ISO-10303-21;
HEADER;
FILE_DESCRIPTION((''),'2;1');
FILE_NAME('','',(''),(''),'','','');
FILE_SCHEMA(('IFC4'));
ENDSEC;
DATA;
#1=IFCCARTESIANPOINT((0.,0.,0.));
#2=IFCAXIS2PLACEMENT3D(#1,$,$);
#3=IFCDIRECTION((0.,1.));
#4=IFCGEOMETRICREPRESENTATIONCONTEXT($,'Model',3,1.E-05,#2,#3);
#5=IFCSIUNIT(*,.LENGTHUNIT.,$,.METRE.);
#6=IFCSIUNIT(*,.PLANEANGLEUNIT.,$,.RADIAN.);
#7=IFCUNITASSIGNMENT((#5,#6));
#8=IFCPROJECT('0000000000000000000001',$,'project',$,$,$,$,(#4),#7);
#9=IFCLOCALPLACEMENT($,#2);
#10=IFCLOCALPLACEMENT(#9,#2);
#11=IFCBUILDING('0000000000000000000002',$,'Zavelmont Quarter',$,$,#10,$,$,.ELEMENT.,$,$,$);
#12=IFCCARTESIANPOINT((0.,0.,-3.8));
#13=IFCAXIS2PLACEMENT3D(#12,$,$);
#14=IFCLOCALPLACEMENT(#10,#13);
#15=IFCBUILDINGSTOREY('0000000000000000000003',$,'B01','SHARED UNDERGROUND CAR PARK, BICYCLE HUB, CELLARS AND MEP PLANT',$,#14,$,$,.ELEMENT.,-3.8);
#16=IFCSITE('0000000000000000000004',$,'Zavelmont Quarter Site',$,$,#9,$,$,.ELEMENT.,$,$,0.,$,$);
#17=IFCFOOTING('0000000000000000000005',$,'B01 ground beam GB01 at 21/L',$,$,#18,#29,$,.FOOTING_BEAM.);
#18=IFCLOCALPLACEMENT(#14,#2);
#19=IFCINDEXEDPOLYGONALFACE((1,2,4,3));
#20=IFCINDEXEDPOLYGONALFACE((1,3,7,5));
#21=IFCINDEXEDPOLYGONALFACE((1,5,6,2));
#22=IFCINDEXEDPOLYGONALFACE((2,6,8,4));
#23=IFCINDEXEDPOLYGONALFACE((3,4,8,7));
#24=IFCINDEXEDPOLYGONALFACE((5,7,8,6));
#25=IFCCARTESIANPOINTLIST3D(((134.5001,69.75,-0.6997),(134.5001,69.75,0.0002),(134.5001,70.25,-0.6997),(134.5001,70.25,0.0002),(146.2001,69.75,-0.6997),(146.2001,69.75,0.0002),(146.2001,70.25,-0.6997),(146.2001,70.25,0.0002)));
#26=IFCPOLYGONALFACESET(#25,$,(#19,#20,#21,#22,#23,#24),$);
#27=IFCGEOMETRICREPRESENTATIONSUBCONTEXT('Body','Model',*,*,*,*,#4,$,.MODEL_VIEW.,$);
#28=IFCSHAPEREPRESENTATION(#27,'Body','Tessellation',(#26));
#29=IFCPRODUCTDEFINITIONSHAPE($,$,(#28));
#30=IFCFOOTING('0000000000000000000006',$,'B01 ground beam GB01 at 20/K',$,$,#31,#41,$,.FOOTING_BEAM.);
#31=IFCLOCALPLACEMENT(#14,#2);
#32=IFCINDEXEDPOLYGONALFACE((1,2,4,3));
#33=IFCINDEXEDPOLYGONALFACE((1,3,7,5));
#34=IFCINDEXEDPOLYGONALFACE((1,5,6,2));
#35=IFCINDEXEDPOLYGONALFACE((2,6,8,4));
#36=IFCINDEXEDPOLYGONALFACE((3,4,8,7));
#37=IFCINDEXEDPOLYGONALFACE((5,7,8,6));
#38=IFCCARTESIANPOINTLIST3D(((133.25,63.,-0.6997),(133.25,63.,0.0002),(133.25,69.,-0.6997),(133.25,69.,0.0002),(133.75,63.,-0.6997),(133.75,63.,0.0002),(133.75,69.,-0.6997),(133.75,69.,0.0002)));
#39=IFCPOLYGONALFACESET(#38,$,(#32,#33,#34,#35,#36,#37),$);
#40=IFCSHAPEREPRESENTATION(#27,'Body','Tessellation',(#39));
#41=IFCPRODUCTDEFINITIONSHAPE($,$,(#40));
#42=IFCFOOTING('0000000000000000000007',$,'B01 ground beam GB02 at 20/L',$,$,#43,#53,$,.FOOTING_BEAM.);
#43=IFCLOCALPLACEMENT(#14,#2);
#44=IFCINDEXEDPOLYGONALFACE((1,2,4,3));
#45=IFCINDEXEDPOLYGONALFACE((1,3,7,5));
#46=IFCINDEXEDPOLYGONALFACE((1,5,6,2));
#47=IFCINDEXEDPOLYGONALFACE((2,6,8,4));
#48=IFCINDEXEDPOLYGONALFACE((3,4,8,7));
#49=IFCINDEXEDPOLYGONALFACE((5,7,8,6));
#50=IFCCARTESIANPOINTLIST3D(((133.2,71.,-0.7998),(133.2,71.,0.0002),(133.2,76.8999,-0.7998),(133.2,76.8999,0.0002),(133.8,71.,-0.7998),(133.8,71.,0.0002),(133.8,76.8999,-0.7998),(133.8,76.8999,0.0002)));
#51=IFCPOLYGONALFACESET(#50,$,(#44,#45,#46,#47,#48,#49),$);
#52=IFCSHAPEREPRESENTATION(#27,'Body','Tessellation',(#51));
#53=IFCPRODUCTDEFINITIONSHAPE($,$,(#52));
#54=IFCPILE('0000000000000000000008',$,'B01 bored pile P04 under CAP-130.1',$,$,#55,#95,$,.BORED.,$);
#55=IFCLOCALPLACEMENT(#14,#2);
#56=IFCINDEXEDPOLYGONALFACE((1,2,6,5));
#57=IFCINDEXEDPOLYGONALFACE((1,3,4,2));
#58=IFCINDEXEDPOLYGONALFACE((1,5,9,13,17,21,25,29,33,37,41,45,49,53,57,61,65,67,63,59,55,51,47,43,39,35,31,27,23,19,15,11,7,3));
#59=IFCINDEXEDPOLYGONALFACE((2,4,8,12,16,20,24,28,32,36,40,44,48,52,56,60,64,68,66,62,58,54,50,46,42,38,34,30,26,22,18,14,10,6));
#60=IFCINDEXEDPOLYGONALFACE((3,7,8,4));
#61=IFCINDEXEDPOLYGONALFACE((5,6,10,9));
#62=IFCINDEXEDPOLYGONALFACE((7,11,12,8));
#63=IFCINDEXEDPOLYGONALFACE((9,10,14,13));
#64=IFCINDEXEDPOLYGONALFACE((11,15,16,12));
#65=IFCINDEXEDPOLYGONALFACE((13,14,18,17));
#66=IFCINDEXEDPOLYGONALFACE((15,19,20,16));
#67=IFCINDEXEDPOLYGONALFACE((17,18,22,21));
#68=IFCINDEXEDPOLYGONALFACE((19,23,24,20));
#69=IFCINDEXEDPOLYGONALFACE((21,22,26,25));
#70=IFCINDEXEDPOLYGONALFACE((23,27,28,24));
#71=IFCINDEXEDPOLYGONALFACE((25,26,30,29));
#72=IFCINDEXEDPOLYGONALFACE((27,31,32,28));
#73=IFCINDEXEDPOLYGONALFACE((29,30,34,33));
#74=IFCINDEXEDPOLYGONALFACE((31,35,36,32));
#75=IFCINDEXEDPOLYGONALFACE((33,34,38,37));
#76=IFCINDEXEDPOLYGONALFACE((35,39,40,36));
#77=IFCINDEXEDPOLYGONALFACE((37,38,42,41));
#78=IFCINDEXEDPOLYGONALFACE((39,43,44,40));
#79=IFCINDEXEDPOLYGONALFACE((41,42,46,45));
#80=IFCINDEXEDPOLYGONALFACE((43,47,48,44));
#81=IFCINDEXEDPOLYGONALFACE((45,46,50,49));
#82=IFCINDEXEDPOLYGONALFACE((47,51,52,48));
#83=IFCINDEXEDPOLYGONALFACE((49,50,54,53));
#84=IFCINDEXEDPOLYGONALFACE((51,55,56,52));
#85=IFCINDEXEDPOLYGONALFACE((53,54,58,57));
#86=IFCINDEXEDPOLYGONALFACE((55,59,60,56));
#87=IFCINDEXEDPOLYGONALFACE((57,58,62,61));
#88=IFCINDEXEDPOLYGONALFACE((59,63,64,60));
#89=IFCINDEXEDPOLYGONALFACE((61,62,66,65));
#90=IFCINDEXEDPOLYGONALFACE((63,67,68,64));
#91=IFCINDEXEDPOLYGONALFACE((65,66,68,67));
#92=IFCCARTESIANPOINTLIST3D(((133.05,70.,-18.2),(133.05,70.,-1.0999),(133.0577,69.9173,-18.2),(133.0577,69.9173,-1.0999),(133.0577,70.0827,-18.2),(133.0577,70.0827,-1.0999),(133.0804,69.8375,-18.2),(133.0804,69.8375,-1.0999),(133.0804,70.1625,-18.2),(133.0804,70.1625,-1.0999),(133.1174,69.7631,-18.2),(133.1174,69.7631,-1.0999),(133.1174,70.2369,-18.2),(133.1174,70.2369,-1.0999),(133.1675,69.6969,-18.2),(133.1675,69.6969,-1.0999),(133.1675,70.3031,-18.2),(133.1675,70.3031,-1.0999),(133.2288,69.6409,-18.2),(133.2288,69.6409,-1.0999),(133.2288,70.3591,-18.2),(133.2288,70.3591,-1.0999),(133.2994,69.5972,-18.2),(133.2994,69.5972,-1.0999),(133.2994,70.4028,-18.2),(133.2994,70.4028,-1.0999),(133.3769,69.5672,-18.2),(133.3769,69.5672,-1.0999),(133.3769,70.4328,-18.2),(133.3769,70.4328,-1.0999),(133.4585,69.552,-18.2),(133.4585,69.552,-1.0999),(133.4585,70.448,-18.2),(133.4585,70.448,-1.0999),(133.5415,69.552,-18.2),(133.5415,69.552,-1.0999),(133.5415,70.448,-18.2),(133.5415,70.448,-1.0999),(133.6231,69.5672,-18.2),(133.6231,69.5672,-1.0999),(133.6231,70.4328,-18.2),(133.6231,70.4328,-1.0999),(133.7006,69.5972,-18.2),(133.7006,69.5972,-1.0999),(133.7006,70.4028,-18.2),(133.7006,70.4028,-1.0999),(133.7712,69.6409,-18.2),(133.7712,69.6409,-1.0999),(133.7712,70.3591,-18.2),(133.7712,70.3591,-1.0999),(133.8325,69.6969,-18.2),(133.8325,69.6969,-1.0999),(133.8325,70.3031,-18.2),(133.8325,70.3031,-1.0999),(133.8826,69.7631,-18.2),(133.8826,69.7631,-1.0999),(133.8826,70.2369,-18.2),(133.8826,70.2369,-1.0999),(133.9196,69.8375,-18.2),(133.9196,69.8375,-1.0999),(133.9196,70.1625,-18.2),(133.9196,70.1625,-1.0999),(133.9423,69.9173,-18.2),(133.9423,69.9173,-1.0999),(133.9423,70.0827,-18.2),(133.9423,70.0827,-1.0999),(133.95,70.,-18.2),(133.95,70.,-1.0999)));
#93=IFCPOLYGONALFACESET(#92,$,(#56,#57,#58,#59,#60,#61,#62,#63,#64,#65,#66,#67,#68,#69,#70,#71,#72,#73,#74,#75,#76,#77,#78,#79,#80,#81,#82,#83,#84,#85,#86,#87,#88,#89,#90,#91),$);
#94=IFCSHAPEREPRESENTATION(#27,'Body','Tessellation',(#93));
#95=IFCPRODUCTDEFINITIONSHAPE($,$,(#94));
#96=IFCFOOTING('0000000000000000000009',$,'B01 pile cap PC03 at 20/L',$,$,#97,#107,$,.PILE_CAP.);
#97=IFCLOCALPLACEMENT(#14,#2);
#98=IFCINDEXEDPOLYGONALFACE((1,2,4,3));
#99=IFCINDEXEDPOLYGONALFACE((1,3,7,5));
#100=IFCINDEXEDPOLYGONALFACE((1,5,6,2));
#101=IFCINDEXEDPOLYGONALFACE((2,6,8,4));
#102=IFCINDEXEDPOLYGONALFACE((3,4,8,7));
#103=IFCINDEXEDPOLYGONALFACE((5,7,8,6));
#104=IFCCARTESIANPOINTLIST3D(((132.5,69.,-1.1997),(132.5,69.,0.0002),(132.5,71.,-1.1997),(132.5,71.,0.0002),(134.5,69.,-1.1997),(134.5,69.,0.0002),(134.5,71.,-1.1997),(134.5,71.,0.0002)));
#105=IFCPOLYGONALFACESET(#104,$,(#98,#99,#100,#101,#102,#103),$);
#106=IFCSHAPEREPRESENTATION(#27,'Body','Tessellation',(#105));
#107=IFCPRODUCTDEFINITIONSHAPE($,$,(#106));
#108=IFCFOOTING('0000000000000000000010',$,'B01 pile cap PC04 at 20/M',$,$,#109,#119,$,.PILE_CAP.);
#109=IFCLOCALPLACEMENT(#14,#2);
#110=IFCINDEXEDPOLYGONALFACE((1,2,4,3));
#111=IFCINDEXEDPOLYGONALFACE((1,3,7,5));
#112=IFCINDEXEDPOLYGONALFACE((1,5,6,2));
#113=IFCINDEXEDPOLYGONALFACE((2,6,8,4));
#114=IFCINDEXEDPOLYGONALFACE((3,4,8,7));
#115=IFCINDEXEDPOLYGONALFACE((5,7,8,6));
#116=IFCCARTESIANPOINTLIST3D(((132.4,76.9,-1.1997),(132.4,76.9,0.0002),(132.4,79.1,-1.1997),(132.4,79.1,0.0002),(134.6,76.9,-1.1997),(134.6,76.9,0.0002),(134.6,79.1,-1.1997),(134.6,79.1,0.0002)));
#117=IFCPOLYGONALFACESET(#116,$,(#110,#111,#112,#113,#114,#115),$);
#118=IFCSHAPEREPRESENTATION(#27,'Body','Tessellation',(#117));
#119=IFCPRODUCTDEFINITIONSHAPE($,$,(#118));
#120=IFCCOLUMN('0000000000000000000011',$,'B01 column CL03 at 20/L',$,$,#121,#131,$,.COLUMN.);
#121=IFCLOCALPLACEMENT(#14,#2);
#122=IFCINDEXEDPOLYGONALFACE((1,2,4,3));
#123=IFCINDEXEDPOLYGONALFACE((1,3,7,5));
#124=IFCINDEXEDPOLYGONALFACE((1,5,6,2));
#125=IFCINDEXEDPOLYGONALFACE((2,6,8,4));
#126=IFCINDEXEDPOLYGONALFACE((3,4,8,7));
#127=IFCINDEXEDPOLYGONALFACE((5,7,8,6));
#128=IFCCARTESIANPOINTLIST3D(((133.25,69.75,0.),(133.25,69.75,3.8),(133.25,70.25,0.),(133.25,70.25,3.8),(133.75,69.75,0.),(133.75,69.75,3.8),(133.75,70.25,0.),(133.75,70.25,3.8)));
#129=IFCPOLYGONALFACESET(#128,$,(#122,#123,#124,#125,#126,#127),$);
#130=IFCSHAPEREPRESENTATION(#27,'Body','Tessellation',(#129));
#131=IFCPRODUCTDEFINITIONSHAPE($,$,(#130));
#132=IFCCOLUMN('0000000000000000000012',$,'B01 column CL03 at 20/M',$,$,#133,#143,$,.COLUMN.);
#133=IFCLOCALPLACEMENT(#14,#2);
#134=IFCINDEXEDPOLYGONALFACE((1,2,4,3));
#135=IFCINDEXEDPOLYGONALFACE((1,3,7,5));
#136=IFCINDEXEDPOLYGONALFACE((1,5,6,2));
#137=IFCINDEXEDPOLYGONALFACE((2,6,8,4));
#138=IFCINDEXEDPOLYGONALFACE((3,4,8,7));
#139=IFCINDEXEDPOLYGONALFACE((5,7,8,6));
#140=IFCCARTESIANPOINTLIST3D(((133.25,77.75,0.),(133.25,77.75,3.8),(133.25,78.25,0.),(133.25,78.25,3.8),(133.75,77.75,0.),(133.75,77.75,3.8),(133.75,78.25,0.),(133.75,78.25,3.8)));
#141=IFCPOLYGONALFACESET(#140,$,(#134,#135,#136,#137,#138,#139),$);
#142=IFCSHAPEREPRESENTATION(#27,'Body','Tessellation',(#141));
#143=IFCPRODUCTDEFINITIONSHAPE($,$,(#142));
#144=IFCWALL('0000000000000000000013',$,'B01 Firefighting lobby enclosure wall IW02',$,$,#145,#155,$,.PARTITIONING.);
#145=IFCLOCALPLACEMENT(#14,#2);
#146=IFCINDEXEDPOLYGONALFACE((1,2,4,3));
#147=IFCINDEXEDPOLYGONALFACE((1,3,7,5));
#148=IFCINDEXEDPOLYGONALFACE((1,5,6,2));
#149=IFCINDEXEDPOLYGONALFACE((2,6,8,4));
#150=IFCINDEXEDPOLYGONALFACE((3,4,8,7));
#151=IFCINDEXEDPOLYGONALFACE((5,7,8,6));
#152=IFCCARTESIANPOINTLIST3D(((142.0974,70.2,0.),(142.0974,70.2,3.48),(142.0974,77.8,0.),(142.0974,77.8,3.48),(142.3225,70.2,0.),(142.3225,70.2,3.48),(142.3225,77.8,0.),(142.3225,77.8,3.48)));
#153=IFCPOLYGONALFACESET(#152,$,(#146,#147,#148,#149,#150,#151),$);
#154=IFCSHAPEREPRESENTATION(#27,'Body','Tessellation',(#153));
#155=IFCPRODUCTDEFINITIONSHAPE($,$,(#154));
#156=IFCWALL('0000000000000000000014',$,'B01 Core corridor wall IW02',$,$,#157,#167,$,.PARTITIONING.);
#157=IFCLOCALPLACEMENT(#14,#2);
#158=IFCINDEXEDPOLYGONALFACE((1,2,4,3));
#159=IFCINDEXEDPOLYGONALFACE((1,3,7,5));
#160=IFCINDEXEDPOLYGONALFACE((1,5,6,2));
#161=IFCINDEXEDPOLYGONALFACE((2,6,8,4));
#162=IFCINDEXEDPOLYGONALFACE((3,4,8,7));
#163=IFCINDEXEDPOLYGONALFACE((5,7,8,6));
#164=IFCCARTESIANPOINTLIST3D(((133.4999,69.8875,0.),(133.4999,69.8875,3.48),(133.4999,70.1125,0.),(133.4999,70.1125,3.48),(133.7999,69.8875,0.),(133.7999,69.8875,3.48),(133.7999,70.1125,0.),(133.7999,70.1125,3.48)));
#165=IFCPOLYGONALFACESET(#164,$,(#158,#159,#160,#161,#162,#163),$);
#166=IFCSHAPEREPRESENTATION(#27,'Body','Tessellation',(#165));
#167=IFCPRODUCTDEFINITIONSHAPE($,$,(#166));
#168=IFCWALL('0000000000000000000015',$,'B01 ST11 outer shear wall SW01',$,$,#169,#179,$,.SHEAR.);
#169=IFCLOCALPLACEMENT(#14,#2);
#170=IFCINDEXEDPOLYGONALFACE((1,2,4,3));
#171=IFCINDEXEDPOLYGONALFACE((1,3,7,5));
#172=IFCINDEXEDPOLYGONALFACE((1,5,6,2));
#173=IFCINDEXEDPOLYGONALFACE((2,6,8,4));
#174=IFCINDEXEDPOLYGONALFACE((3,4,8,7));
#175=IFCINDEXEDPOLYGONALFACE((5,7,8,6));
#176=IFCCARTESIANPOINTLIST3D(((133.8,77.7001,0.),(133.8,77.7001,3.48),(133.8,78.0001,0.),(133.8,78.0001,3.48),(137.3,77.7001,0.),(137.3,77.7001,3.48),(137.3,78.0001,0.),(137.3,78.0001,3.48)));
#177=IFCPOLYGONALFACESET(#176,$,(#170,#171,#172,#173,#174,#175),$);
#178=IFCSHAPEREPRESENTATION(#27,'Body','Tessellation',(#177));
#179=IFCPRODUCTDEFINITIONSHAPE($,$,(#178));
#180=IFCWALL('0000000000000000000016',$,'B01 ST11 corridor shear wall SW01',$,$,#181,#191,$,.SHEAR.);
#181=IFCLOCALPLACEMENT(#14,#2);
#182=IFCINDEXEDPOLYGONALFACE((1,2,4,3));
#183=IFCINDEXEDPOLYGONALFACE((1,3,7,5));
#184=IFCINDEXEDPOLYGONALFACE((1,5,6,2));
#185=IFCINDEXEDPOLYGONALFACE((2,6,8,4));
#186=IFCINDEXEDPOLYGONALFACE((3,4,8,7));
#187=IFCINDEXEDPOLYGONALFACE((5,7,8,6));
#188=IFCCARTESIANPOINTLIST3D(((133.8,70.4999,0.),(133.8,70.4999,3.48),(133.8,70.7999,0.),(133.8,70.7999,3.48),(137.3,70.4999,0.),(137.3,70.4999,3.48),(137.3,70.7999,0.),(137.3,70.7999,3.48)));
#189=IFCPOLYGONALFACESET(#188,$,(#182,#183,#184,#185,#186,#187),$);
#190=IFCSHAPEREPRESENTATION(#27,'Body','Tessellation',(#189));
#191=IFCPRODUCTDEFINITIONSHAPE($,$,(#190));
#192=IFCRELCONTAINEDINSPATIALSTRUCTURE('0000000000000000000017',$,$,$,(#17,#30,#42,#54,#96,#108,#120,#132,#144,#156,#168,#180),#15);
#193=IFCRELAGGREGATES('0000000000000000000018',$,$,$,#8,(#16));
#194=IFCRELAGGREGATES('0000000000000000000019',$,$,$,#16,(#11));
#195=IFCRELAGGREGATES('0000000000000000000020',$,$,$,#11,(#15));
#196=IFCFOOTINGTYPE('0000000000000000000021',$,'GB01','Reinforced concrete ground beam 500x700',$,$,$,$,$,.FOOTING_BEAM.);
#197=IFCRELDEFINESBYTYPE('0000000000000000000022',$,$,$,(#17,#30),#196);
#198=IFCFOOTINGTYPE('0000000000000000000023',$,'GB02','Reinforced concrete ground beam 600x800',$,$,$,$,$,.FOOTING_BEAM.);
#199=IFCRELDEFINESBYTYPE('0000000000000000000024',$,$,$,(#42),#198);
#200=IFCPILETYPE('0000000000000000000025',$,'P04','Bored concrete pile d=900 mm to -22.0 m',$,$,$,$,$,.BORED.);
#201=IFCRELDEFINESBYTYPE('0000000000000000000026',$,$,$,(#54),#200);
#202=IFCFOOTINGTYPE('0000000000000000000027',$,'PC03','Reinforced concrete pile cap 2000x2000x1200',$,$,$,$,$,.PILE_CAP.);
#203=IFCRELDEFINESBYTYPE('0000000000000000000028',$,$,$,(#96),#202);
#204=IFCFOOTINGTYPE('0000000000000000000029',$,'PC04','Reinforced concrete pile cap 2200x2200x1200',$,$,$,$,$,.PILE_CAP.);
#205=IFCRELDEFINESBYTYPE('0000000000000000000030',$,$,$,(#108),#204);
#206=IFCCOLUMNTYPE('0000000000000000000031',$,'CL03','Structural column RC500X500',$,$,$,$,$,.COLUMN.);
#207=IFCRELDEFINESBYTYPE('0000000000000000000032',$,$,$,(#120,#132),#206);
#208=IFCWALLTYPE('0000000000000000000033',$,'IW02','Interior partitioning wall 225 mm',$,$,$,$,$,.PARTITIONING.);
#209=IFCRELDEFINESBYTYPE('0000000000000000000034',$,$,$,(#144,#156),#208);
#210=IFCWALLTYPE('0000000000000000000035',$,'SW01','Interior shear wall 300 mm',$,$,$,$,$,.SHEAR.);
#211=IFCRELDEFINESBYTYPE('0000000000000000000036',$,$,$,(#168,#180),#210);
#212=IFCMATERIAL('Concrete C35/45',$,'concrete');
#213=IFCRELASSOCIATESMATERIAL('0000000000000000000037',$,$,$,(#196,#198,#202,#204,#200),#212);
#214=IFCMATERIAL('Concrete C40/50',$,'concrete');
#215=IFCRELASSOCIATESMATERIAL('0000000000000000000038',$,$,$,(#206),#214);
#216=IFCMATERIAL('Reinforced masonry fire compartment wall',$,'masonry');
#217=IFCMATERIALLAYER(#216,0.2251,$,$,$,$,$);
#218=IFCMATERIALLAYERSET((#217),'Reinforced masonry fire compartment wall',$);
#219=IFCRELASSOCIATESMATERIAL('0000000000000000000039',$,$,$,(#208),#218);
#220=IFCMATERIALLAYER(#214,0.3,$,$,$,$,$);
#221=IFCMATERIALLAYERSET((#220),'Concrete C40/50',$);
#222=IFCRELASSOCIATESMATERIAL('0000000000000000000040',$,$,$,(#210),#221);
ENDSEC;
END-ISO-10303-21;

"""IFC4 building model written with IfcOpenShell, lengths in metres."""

from ifc_helpers import new_model, si_unit, direction, frame, frame_2d, origin, origin_2d, place, context, subcontext, project, spatial, rectangle, circle, extrude, material, layer, layer_set, material_profile, profile_set, type_object, element, save


model = new_model("IFC4")

# Units and contexts
model_context = context("Model", 3, precision=1e-05, world=origin(), true_north=direction((0.0, 1.0)))
body_context = subcontext(model_context, "Body", "Model", "MODEL_VIEW")
ifc_project = project(units=[si_unit("LENGTHUNIT", "METRE"), si_unit("PLANEANGLEUNIT", "RADIAN")], contexts=[model_context])

# Site, building, storey
site_placement = place(None, origin())
site = spatial("IfcSite", under=ifc_project, at=site_placement, Name="Zavelmont Quarter Site", CompositionType="ELEMENT", RefElevation=0.0)
building_placement = place(site_placement, origin())
building = spatial("IfcBuilding", under=site, at=building_placement, Name="Zavelmont Quarter", CompositionType="ELEMENT")
storey_placement = place(building_placement, frame((0.0, 0.0, -3.8)))
storey = spatial("IfcBuildingStorey", under=building, at=storey_placement, Name="B01", Description="SHARED UNDERGROUND CAR PARK, BICYCLE HUB, CELLARS AND MEP PLANT", CompositionType="ELEMENT", Elevation=-3.8)

# Footings
ifc_material_1 = material(Name="Concrete C35/45", Category="concrete")
footing_type_1 = type_object("IfcFootingType", Name="GB01", Description="Reinforced concrete ground beam 500x700", PredefinedType="FOOTING_BEAM", material=ifc_material_1)
footing_1_placement = place(storey_placement, frame((140.3501, 70.0, -0.6997), z_axis=(0.0, 0.0, 1.0), x_axis=(1.0, 0.0, 0.0)))
element("IfcFooting", 1, at=footing_1_placement, inside=storey, type_object=footing_type_1, Name="B01 ground beam GB01 at 21/L", PredefinedType="FOOTING_BEAM", context=body_context, shape_type="SweptSolid", body=[
    extrude(rectangle(XDim=11.7, YDim=0.5, at=origin_2d()), origin(), (0.0, 0.0, 1.0), 0.7),
])
footing_2_placement = place(storey_placement, frame((133.5, 66.0, -0.6997), z_axis=(0.0, 0.0, 1.0), x_axis=(0.0, 1.0, 0.0)))
element("IfcFooting", 2, at=footing_2_placement, inside=storey, type_object=footing_type_1, Name="B01 ground beam GB01 at 20/K", PredefinedType="FOOTING_BEAM", context=body_context, shape_type="SweptSolid", body=[
    extrude(rectangle(XDim=6.0, YDim=0.5, at=origin_2d()), origin(), (0.0, 0.0, 1.0), 0.7),
])
footing_type_2 = type_object("IfcFootingType", Name="GB02", Description="Reinforced concrete ground beam 600x800", PredefinedType="FOOTING_BEAM", material=ifc_material_1)
footing_3_placement = place(storey_placement, frame((133.5, 73.95, -0.7998), z_axis=(0.0, 0.0, 1.0), x_axis=(0.0, 1.0, 0.0)))
element("IfcFooting", 3, at=footing_3_placement, inside=storey, type_object=footing_type_2, Name="B01 ground beam GB02 at 20/L", PredefinedType="FOOTING_BEAM", context=body_context, shape_type="SweptSolid", body=[
    extrude(rectangle(XDim=5.8999, YDim=0.6001, at=origin_2d()), origin(), (0.0, 0.0, 1.0), 0.8),
])

# Pile
ifc_material_profile_1 = material_profile(ifc_material_1, circle(Radius=0.45, at=origin_2d()), Name="BP900")
ifc_profile_set_1 = profile_set([ifc_material_profile_1], Name="Concrete C35/45")
pile_type = type_object("IfcPileType", Name="P04", Description="Bored concrete pile d=900 mm to -22.0 m", PredefinedType="BORED", material=ifc_profile_set_1)
pile_placement = place(storey_placement, frame((133.5, 70.0, -1.0999), z_axis=(0.0, 0.0, -1.0), x_axis=(1.0, 0.0, 0.0)))
element("IfcPile", 4, at=pile_placement, inside=storey, type_object=pile_type, Name="B01 bored pile P04 under CAP-130.1", PredefinedType="BORED", context=body_context, shape_type="SweptSolid", body=[
    extrude(circle(Radius=0.45, at=origin_2d()), origin(), (0.0, 0.0, 1.0), 17.1001),
])

# Footings
footing_type_3 = type_object("IfcFootingType", Name="PC03", Description="Reinforced concrete pile cap 2000x2000x1200", PredefinedType="PILE_CAP", material=ifc_material_1)
footing_4_placement = place(storey_placement, frame((133.5, 70.0, -1.1997), z_axis=(0.0, 0.0, 1.0), x_axis=(1.0, 0.0, 0.0)))
element("IfcFooting", 5, at=footing_4_placement, inside=storey, type_object=footing_type_3, Name="B01 pile cap PC03 at 20/L", PredefinedType="PILE_CAP", context=body_context, shape_type="SweptSolid", body=[
    extrude(rectangle(XDim=2.0, YDim=2.0, at=origin_2d()), origin(), (0.0, 0.0, 1.0), 1.2),
])
footing_type_4 = type_object("IfcFootingType", Name="PC04", Description="Reinforced concrete pile cap 2200x2200x1200", PredefinedType="PILE_CAP", material=ifc_material_1)
footing_5_placement = place(storey_placement, frame((133.5, 78.0, -1.1997), z_axis=(0.0, 0.0, 1.0), x_axis=(1.0, 0.0, 0.0)))
element("IfcFooting", 6, at=footing_5_placement, inside=storey, type_object=footing_type_4, Name="B01 pile cap PC04 at 20/M", PredefinedType="PILE_CAP", context=body_context, shape_type="SweptSolid", body=[
    extrude(rectangle(XDim=2.2, YDim=2.2, at=origin_2d()), origin(), (0.0, 0.0, 1.0), 1.2),
])

# Columns
ifc_material_2 = material(Name="Concrete C40/50", Category="concrete")
ifc_material_profile_2 = material_profile(ifc_material_2, rectangle(XDim=0.5, YDim=0.5, at=origin_2d()), Name="RC500X500")
ifc_profile_set_2 = profile_set([ifc_material_profile_2], Name="Concrete C40/50")
column_type = type_object("IfcColumnType", Name="CL03", Description="Structural column RC500X500", PredefinedType="COLUMN", material=ifc_profile_set_2)
for number, where, z_axis, x_axis, name in (
    (7, (133.5, 70.0, 0.0), (0.0, 0.0, 1.0), (1.0, 0.0, 0.0), "B01 column CL03 at 20/L"),
    (8, (133.5, 78.0, 0.0), (0.0, 0.0, 1.0), (1.0, 0.0, 0.0), "B01 column CL03 at 20/M"),
):
    element("IfcColumn", number, at=place(storey_placement, frame(where, z_axis=z_axis, x_axis=x_axis)), inside=storey, type_object=column_type, Name=name, PredefinedType="COLUMN", context=body_context, shape_type="SweptSolid", body=[
        extrude(rectangle(XDim=0.5, YDim=0.5, at=origin_2d()), origin(), (0.0, 0.0, 1.0), 3.8),
    ])

# Wall
ifc_material_3 = material(Name="Reinforced masonry fire compartment wall", Category="masonry")
ifc_layer_1 = layer(ifc_material_3, 0.2251)
ifc_layer_set_1 = layer_set([ifc_layer_1], Name="Reinforced masonry fire compartment wall")
wall_type_1 = type_object("IfcWallType", Name="IW02", Description="Interior partitioning wall 225 mm", PredefinedType="PARTITIONING", material=ifc_layer_set_1)
wall_1_placement = place(storey_placement, frame((142.21, 70.2, 0.0), z_axis=(0.0, 0.0, 1.0), x_axis=(0.0, 1.0, 0.0)))
element("IfcWall", 9, at=wall_1_placement, inside=storey, type_object=wall_type_1, Name="B01 Firefighting lobby enclosure wall IW02", PredefinedType="PARTITIONING", context=body_context, shape_type="SweptSolid", body=[
    extrude(rectangle(XDim=7.6001, YDim=0.2251, at=frame_2d((3.8, 0.0))), origin(), (0.0, 0.0, 1.0), 3.48),
])

# Wall
wall_2_placement = place(storey_placement, frame((133.5, 70.0, 0.0), z_axis=(0.0, 0.0, 1.0), x_axis=(1.0, 0.0, 0.0)))
element("IfcWall", 10, at=wall_2_placement, inside=storey, type_object=wall_type_1, Name="B01 Core corridor wall IW02", PredefinedType="PARTITIONING", context=body_context, shape_type="SweptSolid", body=[
    extrude(rectangle(XDim=0.3, YDim=0.2251, at=frame_2d((0.1499, 0.0))), origin(), (0.0, 0.0, 1.0), 3.48),
])

# Walls
ifc_layer_2 = layer(ifc_material_2, 0.3)
ifc_layer_set_2 = layer_set([ifc_layer_2], Name="Concrete C40/50")
wall_type_2 = type_object("IfcWallType", Name="SW01", Description="Interior shear wall 300 mm", PredefinedType="SHEAR", material=ifc_layer_set_2)
for number, where, z_axis, x_axis, name in (
    (11, (133.8, 77.8501, 0.0), (0.0, 0.0, 1.0), (1.0, 0.0, 0.0), "B01 ST11 outer shear wall SW01"),
    (12, (133.8, 70.6499, 0.0), (0.0, 0.0, 1.0), (1.0, 0.0, 0.0), "B01 ST11 corridor shear wall SW01"),
):
    element("IfcWall", number, at=place(storey_placement, frame(where, z_axis=z_axis, x_axis=x_axis)), inside=storey, type_object=wall_type_2, Name=name, PredefinedType="SHEAR", context=body_context, shape_type="SweptSolid", body=[
        extrude(rectangle(XDim=3.5, YDim=0.3, at=frame_2d((1.75, 0.0))), origin(), (0.0, 0.0, 1.0), 3.48),
    ])

save(model, "model.ifc")
